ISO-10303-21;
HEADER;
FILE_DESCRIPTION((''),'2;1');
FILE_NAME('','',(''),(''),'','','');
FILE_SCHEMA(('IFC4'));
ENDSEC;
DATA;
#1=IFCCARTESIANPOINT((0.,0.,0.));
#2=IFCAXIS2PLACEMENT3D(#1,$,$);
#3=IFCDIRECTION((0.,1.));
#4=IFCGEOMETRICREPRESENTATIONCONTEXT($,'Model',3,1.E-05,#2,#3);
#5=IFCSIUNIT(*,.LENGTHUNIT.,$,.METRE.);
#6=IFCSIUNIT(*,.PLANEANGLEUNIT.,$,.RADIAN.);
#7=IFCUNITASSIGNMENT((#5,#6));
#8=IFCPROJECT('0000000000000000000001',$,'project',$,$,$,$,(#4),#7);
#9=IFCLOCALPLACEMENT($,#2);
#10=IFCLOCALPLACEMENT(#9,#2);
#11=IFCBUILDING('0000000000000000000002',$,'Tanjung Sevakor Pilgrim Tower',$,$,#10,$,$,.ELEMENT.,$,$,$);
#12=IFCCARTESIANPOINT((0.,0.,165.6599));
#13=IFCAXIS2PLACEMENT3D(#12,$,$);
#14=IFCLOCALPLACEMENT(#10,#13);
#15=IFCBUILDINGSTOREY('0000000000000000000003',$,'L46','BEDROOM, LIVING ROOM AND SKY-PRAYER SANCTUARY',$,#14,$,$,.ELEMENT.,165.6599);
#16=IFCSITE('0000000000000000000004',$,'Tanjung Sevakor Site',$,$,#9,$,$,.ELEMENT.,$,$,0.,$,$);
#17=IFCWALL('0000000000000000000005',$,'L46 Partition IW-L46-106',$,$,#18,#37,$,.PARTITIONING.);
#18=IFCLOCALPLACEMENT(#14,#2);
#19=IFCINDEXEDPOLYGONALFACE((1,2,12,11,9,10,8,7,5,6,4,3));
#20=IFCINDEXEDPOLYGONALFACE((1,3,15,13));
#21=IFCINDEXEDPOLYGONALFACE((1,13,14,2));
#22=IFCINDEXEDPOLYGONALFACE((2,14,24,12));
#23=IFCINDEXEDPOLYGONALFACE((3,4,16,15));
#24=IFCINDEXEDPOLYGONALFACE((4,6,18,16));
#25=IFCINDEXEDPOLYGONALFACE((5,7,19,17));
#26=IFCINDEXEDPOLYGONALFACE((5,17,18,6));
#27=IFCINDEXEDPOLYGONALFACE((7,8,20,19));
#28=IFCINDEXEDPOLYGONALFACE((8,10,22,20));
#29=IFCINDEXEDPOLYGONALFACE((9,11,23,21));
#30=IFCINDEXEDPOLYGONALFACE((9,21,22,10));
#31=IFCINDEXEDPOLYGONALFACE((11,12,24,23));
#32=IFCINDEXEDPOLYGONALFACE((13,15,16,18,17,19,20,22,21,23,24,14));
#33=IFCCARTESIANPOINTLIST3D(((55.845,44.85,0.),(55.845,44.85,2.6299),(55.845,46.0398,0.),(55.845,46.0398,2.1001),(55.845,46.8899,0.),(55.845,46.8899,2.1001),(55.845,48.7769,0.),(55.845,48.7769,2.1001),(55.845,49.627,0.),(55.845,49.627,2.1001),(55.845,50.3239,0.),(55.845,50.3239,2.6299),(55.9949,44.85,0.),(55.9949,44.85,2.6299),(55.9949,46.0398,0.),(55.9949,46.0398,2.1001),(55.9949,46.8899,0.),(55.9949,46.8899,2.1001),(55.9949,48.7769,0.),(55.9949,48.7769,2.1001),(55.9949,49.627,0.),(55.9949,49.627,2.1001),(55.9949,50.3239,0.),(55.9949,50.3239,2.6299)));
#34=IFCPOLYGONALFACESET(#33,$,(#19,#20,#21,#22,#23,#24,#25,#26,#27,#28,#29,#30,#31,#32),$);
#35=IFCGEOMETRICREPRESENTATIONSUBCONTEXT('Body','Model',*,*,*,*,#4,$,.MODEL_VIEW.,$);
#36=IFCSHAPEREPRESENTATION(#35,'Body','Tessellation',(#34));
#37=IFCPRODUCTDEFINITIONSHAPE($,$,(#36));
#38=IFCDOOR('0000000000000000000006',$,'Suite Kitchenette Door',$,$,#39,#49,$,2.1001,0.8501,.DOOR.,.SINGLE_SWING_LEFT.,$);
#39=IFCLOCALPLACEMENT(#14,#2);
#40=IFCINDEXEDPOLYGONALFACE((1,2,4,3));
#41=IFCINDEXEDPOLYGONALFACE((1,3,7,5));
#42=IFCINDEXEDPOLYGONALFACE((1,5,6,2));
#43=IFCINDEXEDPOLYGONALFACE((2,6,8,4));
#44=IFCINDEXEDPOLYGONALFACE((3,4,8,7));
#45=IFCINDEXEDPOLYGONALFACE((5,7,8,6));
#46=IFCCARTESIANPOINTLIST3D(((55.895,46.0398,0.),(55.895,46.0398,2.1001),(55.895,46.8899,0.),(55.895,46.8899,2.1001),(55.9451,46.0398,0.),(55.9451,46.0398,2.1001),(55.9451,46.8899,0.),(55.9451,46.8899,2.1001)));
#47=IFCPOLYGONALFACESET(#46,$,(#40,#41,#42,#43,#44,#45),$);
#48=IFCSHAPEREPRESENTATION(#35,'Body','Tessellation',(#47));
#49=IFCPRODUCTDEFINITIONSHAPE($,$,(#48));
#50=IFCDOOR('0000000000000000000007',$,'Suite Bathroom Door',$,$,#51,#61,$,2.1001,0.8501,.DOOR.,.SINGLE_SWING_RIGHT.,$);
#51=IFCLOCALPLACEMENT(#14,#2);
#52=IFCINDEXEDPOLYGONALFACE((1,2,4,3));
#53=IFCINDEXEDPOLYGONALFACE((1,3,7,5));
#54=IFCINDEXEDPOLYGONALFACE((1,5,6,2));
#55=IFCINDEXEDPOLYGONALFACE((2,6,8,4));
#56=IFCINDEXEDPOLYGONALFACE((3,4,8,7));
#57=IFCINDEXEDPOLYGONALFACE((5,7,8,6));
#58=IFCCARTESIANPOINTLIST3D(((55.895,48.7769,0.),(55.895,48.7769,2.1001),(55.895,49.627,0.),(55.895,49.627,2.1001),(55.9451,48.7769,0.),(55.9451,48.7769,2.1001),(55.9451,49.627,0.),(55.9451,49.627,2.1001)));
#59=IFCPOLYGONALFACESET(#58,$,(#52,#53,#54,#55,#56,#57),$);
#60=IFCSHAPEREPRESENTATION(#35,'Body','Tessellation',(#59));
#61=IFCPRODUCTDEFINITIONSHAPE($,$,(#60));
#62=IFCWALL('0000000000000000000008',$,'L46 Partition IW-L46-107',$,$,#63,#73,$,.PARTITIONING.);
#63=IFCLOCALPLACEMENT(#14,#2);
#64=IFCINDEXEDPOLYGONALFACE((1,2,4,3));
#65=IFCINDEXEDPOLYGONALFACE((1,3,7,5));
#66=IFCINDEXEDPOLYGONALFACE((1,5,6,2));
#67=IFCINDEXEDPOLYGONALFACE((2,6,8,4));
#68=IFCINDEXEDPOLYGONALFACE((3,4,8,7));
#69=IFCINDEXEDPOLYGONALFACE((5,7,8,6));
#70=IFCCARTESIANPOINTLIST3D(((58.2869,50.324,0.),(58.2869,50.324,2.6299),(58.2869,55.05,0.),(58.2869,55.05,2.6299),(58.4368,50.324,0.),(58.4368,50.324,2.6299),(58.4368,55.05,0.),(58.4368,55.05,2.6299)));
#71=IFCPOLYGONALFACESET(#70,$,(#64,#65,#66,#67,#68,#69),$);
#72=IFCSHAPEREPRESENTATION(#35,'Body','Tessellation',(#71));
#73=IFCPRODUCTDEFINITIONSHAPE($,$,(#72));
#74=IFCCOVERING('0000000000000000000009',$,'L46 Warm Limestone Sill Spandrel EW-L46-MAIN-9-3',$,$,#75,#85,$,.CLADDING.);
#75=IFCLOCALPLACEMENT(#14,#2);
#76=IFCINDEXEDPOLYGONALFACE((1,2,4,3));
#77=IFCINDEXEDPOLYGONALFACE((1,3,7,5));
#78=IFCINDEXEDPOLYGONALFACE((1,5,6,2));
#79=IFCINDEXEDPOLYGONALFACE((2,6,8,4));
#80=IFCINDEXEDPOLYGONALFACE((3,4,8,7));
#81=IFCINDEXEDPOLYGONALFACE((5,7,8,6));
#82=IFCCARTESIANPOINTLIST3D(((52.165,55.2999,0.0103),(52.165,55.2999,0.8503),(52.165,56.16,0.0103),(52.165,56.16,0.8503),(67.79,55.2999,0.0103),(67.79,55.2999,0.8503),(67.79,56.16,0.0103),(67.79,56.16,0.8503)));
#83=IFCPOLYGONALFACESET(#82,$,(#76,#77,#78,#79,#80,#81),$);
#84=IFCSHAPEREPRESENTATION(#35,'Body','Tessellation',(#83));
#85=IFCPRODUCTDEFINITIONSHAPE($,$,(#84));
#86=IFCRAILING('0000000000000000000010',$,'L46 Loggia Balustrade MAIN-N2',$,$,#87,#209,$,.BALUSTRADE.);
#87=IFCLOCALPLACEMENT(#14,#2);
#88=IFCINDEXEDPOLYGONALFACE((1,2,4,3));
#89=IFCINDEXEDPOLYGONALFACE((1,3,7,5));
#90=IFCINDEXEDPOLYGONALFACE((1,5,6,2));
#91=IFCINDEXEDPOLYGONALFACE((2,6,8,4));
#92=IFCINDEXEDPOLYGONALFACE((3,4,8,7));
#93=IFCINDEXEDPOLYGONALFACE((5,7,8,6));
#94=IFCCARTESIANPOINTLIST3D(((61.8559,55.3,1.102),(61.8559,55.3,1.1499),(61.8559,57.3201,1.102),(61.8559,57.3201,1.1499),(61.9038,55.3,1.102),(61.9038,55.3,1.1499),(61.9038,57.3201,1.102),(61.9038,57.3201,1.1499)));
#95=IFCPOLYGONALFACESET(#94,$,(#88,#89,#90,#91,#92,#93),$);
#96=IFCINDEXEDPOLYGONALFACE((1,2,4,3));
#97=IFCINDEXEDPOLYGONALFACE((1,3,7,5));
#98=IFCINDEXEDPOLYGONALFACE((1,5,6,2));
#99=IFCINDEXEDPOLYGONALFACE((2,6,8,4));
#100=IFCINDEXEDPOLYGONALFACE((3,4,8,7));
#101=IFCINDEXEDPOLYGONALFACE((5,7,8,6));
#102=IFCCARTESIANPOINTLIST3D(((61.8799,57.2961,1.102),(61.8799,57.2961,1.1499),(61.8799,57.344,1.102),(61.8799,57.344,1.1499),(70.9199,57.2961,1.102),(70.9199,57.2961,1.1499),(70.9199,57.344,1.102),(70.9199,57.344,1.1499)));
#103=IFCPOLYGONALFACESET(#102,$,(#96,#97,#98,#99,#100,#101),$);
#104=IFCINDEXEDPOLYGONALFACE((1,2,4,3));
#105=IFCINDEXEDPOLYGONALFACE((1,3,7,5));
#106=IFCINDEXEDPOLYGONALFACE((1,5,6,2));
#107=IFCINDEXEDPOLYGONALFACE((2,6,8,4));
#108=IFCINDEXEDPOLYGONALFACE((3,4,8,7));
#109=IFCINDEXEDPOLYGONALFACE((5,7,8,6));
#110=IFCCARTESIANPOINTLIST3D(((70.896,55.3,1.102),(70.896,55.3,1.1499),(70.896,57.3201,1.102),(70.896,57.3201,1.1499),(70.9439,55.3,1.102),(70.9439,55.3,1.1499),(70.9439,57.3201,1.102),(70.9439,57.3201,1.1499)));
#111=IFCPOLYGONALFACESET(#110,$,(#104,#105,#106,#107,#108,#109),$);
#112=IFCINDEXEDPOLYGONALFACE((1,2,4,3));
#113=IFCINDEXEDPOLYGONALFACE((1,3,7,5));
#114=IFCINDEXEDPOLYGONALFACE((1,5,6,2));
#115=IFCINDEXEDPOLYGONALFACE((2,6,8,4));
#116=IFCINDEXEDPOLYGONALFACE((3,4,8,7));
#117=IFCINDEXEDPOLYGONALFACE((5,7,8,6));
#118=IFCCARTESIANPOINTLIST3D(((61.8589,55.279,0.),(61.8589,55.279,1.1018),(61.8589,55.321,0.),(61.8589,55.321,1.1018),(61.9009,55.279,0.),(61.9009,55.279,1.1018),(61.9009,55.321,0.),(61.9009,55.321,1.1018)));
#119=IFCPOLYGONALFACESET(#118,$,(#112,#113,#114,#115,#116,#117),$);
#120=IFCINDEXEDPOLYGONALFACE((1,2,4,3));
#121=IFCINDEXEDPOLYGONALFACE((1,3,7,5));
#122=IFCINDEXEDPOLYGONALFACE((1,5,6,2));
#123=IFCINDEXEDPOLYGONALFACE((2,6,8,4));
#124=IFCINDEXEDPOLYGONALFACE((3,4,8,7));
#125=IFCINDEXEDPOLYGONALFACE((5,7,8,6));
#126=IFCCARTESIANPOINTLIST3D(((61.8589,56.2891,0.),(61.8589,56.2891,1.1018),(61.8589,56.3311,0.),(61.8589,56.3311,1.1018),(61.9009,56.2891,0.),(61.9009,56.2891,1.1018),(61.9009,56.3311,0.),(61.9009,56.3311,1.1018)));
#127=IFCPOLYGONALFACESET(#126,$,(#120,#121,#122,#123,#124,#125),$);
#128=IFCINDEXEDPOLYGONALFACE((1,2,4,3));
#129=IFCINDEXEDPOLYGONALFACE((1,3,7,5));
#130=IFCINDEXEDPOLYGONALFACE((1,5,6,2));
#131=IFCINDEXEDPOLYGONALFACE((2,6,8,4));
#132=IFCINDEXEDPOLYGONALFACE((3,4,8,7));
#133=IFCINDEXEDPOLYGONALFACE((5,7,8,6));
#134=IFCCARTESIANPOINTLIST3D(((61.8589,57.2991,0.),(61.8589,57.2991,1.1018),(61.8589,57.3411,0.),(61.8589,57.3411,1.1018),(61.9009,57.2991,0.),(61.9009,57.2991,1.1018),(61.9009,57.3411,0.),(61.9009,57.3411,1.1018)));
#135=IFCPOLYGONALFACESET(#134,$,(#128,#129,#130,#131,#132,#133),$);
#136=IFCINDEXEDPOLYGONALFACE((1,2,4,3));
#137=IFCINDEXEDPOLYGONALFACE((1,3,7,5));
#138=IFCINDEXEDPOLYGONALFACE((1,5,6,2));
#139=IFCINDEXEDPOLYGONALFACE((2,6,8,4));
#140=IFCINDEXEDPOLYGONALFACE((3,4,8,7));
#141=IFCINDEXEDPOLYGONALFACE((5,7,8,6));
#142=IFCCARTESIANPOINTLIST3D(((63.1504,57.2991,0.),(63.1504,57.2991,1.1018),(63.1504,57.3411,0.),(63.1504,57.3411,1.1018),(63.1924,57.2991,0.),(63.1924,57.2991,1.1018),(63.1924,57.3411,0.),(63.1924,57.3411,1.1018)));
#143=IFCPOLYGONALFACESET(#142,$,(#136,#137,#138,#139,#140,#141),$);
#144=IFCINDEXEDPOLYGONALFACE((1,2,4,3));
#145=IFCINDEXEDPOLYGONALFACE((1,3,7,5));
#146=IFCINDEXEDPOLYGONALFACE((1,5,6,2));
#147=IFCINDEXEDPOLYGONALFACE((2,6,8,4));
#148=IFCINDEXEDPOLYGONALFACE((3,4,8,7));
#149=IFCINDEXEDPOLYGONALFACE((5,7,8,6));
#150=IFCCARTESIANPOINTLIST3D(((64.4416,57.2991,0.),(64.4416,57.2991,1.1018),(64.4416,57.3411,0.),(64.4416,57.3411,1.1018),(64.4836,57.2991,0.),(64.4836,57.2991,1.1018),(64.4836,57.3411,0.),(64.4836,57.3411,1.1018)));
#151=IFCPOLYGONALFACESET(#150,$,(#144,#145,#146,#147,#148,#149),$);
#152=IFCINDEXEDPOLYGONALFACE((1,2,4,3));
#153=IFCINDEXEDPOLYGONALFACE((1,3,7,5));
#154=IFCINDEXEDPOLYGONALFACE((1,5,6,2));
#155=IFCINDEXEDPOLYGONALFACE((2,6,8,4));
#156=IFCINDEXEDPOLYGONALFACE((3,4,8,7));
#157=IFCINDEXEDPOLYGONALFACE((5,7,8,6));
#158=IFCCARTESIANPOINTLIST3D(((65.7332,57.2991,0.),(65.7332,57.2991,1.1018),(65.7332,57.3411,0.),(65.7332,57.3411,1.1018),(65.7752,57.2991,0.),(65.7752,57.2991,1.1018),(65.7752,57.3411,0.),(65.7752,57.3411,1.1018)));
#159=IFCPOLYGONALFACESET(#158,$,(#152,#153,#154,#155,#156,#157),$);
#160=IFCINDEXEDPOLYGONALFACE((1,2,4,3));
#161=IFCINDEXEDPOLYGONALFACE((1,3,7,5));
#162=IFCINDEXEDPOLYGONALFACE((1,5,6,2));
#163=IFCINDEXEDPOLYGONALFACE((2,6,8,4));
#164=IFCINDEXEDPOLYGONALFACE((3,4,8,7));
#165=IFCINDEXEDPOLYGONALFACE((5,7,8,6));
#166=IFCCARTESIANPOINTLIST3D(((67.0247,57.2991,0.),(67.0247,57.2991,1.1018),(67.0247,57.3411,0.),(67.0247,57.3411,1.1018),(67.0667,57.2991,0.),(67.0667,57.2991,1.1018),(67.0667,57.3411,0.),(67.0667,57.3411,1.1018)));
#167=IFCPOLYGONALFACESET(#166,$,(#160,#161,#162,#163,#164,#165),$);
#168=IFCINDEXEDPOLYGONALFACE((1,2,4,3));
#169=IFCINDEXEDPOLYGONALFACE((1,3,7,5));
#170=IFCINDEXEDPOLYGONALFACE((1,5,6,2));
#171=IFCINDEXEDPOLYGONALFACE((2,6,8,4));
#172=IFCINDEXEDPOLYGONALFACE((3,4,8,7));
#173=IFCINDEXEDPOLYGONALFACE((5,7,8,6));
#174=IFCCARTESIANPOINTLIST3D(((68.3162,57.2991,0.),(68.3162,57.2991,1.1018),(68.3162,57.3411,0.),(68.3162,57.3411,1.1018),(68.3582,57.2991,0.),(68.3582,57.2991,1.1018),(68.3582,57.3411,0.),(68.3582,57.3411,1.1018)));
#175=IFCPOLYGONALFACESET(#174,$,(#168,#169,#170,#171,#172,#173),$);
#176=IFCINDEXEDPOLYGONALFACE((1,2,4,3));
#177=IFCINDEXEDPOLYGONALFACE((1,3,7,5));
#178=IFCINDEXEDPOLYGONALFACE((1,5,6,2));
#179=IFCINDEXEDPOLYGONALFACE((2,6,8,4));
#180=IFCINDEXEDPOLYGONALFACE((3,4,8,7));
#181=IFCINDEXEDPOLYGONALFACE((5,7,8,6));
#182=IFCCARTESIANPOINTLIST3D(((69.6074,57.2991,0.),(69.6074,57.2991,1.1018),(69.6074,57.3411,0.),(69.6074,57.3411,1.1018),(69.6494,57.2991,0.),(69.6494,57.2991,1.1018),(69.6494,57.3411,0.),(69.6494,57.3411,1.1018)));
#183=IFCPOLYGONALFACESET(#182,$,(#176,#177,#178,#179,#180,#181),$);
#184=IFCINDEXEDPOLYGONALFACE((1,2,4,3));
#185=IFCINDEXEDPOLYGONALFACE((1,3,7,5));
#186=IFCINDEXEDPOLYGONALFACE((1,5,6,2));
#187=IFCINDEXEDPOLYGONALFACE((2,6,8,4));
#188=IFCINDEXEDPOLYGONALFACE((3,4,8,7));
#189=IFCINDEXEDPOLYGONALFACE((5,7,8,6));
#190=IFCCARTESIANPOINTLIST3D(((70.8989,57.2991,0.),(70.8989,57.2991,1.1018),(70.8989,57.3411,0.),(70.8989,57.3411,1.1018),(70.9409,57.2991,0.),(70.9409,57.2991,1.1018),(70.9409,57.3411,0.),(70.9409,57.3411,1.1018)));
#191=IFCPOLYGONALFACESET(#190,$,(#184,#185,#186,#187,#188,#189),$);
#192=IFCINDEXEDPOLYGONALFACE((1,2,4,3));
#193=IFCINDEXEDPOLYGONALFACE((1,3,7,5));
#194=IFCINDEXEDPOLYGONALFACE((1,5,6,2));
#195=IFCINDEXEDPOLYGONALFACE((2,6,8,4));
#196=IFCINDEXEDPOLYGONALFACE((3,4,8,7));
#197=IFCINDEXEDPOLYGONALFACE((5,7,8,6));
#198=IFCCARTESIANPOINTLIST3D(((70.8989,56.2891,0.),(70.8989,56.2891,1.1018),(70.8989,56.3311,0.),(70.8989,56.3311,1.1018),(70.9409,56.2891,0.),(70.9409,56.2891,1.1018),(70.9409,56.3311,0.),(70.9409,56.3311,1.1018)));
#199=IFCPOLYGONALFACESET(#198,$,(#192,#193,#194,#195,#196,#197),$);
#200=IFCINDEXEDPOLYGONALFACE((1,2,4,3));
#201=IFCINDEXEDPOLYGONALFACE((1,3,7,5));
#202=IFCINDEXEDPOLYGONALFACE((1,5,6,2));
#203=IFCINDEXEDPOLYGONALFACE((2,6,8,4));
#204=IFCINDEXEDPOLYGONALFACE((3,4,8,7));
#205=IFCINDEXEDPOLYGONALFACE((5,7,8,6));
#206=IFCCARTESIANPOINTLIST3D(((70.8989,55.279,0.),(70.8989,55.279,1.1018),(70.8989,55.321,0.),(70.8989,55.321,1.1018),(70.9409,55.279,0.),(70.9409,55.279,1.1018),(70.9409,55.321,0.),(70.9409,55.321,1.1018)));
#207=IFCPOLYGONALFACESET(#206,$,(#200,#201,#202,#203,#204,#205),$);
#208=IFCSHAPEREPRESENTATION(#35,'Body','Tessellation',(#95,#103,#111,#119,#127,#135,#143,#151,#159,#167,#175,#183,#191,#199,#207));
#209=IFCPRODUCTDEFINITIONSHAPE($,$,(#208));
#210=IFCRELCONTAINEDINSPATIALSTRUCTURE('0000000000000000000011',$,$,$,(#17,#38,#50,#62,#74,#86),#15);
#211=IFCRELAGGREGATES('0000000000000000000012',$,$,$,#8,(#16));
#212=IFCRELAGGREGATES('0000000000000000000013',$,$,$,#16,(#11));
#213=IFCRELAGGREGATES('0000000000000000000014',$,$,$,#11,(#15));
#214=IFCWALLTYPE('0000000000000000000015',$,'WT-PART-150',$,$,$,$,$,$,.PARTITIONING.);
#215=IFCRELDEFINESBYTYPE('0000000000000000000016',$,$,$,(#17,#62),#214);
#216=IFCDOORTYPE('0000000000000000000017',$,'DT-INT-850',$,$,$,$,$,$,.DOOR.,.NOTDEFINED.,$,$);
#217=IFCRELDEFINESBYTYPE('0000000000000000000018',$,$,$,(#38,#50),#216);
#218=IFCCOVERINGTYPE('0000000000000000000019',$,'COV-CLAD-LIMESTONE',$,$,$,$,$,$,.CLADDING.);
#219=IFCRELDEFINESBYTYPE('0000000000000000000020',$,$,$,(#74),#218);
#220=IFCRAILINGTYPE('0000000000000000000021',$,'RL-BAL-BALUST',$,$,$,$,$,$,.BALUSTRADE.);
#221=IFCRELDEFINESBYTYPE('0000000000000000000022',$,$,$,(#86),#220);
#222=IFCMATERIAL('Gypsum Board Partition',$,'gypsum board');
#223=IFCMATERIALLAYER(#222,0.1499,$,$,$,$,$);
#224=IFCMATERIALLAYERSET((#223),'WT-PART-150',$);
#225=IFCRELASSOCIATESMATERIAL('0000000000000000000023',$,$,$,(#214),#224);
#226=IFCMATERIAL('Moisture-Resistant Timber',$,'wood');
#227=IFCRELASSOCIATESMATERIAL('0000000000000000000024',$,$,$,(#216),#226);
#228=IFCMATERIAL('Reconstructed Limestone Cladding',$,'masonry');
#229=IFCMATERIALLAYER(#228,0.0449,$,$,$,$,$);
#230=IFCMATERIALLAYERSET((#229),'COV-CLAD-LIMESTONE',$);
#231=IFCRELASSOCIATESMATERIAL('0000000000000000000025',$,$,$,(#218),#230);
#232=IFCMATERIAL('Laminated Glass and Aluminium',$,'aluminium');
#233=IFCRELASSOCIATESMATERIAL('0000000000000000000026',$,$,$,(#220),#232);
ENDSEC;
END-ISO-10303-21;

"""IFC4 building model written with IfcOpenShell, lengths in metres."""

from ifc_helpers import new_model, si_unit, direction, frame, frame_2d, origin, origin_2d, place, context, subcontext, project, spatial, rectangle, extrude, material, layer, layer_set, type_object, element, fill, save


model = new_model("IFC4")

# Units and contexts
model_context = context("Model", 3, precision=1e-05, world=origin(), true_north=direction((0.0, 1.0)))
body_context = subcontext(model_context, "Body", "Model", "MODEL_VIEW")
ifc_project = project(units=[si_unit("LENGTHUNIT", "METRE"), si_unit("PLANEANGLEUNIT", "RADIAN")], contexts=[model_context])

# Site, building, storey
site_placement = place(None, origin())
site = spatial("IfcSite", under=ifc_project, at=site_placement, Name="Tanjung Sevakor Site", CompositionType="ELEMENT", RefElevation=0.0)
building_placement = place(site_placement, origin())
building = spatial("IfcBuilding", under=site, at=building_placement, Name="Tanjung Sevakor Pilgrim Tower", CompositionType="ELEMENT")
storey_placement = place(building_placement, frame((0.0, 0.0, 165.6599)))
storey = spatial("IfcBuildingStorey", under=building, at=storey_placement, Name="L46", Description="BEDROOM, LIVING ROOM AND SKY-PRAYER SANCTUARY", CompositionType="ELEMENT", Elevation=165.6599)

# Wall, openings, doors
ifc_material_1 = material(Name="Gypsum Board Partition", Category="gypsum board")
ifc_layer_1 = layer(ifc_material_1, 0.1499)
ifc_layer_set_1 = layer_set([ifc_layer_1], Name="WT-PART-150")
wall_type_1 = type_object("IfcWallType", Name="WT-PART-150", PredefinedType="PARTITIONING", material=ifc_layer_set_1)
wall_1_placement = place(storey_placement, frame((55.9199, 44.8501, 0.0), z_axis=(0.0, 0.0, 1.0), x_axis=(0.0, 1.0, 0.0)))
wall_1 = element("IfcWall", 1, at=wall_1_placement, inside=storey, type_object=wall_type_1, Name="L46 Partition IW-L46-106", PredefinedType="PARTITIONING", context=body_context, shape_type="SweptSolid", body=[
    extrude(rectangle(XDim=5.4739, YDim=0.1499, at=frame_2d((2.7368, 0.0))), origin(), (0.0, 0.0, 1.0), 2.6299),
])
opening_1_placement = place(wall_1_placement, frame((1.1897, 0.0, 0.0)))
opening_1 = element("IfcOpeningElement", 2, at=opening_1_placement, cuts=wall_1, PredefinedType="OPENING", context=body_context, shape_type="SweptSolid", body=[
    extrude(rectangle(XDim=0.8501, YDim=2.1001, at=frame_2d((0.425, 1.05))), frame((0.0, 0.085, 0.0), z_axis=(0.0, -1.0, 0.0), x_axis=(1.0, 0.0, 0.0)), (0.0, 0.0, 1.0), 0.1699),
])
opening_2_placement = place(wall_1_placement, frame((3.9268, 0.0, 0.0)))
opening_2 = element("IfcOpeningElement", 3, at=opening_2_placement, cuts=wall_1, PredefinedType="OPENING", context=body_context, shape_type="SweptSolid", body=[
    extrude(rectangle(XDim=0.8501, YDim=2.1001, at=frame_2d((0.425, 1.05))), frame((0.0, 0.085, 0.0), z_axis=(0.0, -1.0, 0.0), x_axis=(1.0, 0.0, 0.0)), (0.0, 0.0, 1.0), 0.1699),
])
ifc_material_2 = material(Name="Moisture-Resistant Timber", Category="wood")
door_type_1 = type_object("IfcDoorType", Name="DT-INT-850", OperationType="NOTDEFINED", PredefinedType="DOOR", material=ifc_material_2)
door_1_placement = place(opening_1_placement, origin())
door_1 = element("IfcDoor", 4, at=door_1_placement, inside=storey, type_object=door_type_1, Name="Suite Kitchenette Door", OperationType="SINGLE_SWING_LEFT", OverallHeight=2.1001, OverallWidth=0.8501, PredefinedType="DOOR", context=body_context, shape_type="SweptSolid", body=[
    extrude(rectangle(XDim=0.8501, YDim=2.1001, at=frame_2d((0.425, 1.05))), frame((0.0, 0.0249, 0.0), z_axis=(0.0, -1.0, 0.0), x_axis=(1.0, 0.0, 0.0)), (0.0, 0.0, 1.0), 0.05),
])
fill(opening_1, door_1)
door_2_placement = place(opening_2_placement, origin())
door_2 = element("IfcDoor", 5, at=door_2_placement, inside=storey, type_object=door_type_1, Name="Suite Bathroom Door", OperationType="SINGLE_SWING_RIGHT", OverallHeight=2.1001, OverallWidth=0.8501, PredefinedType="DOOR", context=body_context, shape_type="SweptSolid", body=[
    extrude(rectangle(XDim=0.8501, YDim=2.1001, at=frame_2d((0.425, 1.05))), frame((0.0, 0.0249, 0.0), z_axis=(0.0, -1.0, 0.0), x_axis=(1.0, 0.0, 0.0)), (0.0, 0.0, 1.0), 0.05),
])
fill(opening_2, door_2)

# Wall
wall_2_placement = place(storey_placement, frame((58.3618, 50.324, 0.0), z_axis=(0.0, 0.0, 1.0), x_axis=(0.0, 1.0, 0.0)))
element("IfcWall", 6, at=wall_2_placement, inside=storey, type_object=wall_type_1, Name="L46 Partition IW-L46-107", PredefinedType="PARTITIONING", context=body_context, shape_type="SweptSolid", body=[
    extrude(rectangle(XDim=4.7261, YDim=0.1499, at=frame_2d((2.363, 0.0))), origin(), (0.0, 0.0, 1.0), 2.6299),
])

# Covering
ifc_material_3 = material(Name="Reconstructed Limestone Cladding", Category="masonry")
ifc_layer_2 = layer(ifc_material_3, 0.0449)
ifc_layer_set_2 = layer_set([ifc_layer_2], Name="COV-CLAD-LIMESTONE")
covering_type = type_object("IfcCoveringType", Name="COV-CLAD-LIMESTONE", PredefinedType="CLADDING", material=ifc_layer_set_2)
covering_placement = place(storey_placement, frame((59.9775, 55.73, 0.0103), z_axis=(0.0, 0.0, 1.0), x_axis=(-1.0, 0.0, 0.0)))
element("IfcCovering", 7, at=covering_placement, inside=storey, type_object=covering_type, Name="L46 Warm Limestone Sill Spandrel EW-L46-MAIN-9-3", PredefinedType="CLADDING", context=body_context, shape_type="SweptSolid", body=[
    extrude(rectangle(XDim=15.625, YDim=0.8601, at=origin_2d()), origin(), (0.0, 0.0, 1.0), 0.8401),
])

# Railing
ifc_material_4 = material(Name="Laminated Glass and Aluminium", Category="aluminium")
railing_type = type_object("IfcRailingType", Name="RL-BAL-BALUST", PredefinedType="BALUSTRADE", material=ifc_material_4)
railing_placement = place(storey_placement, frame((61.8799, 55.3, 0.0)))
element("IfcRailing", 8, at=railing_placement, inside=storey, type_object=railing_type, Name="L46 Loggia Balustrade MAIN-N2", PredefinedType="BALUSTRADE", context=body_context, shape_type="SweptSolid", body=[
    extrude(rectangle(XDim=0.0479, YDim=0.0479), frame((0.0, 0.0, 1.126), z_axis=(0.0, 1.0, 0.0), x_axis=(-1.0, 0.0, 0.0)), (0.0, 0.0, 1.0), 2.02),
    extrude(rectangle(XDim=0.0479, YDim=0.0479), frame((0.0, 2.02, 1.126), z_axis=(1.0, 0.0, 0.0), x_axis=(0.0, 1.0, 0.0)), (0.0, 0.0, 1.0), 9.04),
    extrude(rectangle(XDim=0.0479, YDim=0.0479), frame((9.04, 2.02, 1.126), z_axis=(0.0, -1.0, 0.0), x_axis=(1.0, 0.0, 0.0)), (0.0, 0.0, 1.0), 2.02),
    extrude(rectangle(XDim=0.042, YDim=0.042), origin(), (0.0, 0.0, 1.0), 1.1018),
    extrude(rectangle(XDim=0.042, YDim=0.042), frame((0.0, 1.01, 0.0)), (0.0, 0.0, 1.0), 1.1018),
    extrude(rectangle(XDim=0.042, YDim=0.042), frame((0.0, 2.02, 0.0)), (0.0, 0.0, 1.0), 1.1018),
    extrude(rectangle(XDim=0.042, YDim=0.042), frame((1.2915, 2.02, 0.0)), (0.0, 0.0, 1.0), 1.1018),
    extrude(rectangle(XDim=0.042, YDim=0.042), frame((2.5828, 2.02, 0.0)), (0.0, 0.0, 1.0), 1.1018),
    extrude(rectangle(XDim=0.042, YDim=0.042), frame((3.8743, 2.02, 0.0)), (0.0, 0.0, 1.0), 1.1018),
    extrude(rectangle(XDim=0.042, YDim=0.042), frame((5.1658, 2.02, 0.0)), (0.0, 0.0, 1.0), 1.1018),
    extrude(rectangle(XDim=0.042, YDim=0.042), frame((6.4573, 2.02, 0.0)), (0.0, 0.0, 1.0), 1.1018),
    extrude(rectangle(XDim=0.042, YDim=0.042), frame((7.7485, 2.02, 0.0)), (0.0, 0.0, 1.0), 1.1018),
    extrude(rectangle(XDim=0.042, YDim=0.042), frame((9.04, 2.02, 0.0)), (0.0, 0.0, 1.0), 1.1018),
    extrude(rectangle(XDim=0.042, YDim=0.042), frame((9.04, 1.01, 0.0)), (0.0, 0.0, 1.0), 1.1018),
    extrude(rectangle(XDim=0.042, YDim=0.042), frame((9.04, 0.0, 0.0)), (0.0, 0.0, 1.0), 1.1018),
])

save(model, "model.ifc")
